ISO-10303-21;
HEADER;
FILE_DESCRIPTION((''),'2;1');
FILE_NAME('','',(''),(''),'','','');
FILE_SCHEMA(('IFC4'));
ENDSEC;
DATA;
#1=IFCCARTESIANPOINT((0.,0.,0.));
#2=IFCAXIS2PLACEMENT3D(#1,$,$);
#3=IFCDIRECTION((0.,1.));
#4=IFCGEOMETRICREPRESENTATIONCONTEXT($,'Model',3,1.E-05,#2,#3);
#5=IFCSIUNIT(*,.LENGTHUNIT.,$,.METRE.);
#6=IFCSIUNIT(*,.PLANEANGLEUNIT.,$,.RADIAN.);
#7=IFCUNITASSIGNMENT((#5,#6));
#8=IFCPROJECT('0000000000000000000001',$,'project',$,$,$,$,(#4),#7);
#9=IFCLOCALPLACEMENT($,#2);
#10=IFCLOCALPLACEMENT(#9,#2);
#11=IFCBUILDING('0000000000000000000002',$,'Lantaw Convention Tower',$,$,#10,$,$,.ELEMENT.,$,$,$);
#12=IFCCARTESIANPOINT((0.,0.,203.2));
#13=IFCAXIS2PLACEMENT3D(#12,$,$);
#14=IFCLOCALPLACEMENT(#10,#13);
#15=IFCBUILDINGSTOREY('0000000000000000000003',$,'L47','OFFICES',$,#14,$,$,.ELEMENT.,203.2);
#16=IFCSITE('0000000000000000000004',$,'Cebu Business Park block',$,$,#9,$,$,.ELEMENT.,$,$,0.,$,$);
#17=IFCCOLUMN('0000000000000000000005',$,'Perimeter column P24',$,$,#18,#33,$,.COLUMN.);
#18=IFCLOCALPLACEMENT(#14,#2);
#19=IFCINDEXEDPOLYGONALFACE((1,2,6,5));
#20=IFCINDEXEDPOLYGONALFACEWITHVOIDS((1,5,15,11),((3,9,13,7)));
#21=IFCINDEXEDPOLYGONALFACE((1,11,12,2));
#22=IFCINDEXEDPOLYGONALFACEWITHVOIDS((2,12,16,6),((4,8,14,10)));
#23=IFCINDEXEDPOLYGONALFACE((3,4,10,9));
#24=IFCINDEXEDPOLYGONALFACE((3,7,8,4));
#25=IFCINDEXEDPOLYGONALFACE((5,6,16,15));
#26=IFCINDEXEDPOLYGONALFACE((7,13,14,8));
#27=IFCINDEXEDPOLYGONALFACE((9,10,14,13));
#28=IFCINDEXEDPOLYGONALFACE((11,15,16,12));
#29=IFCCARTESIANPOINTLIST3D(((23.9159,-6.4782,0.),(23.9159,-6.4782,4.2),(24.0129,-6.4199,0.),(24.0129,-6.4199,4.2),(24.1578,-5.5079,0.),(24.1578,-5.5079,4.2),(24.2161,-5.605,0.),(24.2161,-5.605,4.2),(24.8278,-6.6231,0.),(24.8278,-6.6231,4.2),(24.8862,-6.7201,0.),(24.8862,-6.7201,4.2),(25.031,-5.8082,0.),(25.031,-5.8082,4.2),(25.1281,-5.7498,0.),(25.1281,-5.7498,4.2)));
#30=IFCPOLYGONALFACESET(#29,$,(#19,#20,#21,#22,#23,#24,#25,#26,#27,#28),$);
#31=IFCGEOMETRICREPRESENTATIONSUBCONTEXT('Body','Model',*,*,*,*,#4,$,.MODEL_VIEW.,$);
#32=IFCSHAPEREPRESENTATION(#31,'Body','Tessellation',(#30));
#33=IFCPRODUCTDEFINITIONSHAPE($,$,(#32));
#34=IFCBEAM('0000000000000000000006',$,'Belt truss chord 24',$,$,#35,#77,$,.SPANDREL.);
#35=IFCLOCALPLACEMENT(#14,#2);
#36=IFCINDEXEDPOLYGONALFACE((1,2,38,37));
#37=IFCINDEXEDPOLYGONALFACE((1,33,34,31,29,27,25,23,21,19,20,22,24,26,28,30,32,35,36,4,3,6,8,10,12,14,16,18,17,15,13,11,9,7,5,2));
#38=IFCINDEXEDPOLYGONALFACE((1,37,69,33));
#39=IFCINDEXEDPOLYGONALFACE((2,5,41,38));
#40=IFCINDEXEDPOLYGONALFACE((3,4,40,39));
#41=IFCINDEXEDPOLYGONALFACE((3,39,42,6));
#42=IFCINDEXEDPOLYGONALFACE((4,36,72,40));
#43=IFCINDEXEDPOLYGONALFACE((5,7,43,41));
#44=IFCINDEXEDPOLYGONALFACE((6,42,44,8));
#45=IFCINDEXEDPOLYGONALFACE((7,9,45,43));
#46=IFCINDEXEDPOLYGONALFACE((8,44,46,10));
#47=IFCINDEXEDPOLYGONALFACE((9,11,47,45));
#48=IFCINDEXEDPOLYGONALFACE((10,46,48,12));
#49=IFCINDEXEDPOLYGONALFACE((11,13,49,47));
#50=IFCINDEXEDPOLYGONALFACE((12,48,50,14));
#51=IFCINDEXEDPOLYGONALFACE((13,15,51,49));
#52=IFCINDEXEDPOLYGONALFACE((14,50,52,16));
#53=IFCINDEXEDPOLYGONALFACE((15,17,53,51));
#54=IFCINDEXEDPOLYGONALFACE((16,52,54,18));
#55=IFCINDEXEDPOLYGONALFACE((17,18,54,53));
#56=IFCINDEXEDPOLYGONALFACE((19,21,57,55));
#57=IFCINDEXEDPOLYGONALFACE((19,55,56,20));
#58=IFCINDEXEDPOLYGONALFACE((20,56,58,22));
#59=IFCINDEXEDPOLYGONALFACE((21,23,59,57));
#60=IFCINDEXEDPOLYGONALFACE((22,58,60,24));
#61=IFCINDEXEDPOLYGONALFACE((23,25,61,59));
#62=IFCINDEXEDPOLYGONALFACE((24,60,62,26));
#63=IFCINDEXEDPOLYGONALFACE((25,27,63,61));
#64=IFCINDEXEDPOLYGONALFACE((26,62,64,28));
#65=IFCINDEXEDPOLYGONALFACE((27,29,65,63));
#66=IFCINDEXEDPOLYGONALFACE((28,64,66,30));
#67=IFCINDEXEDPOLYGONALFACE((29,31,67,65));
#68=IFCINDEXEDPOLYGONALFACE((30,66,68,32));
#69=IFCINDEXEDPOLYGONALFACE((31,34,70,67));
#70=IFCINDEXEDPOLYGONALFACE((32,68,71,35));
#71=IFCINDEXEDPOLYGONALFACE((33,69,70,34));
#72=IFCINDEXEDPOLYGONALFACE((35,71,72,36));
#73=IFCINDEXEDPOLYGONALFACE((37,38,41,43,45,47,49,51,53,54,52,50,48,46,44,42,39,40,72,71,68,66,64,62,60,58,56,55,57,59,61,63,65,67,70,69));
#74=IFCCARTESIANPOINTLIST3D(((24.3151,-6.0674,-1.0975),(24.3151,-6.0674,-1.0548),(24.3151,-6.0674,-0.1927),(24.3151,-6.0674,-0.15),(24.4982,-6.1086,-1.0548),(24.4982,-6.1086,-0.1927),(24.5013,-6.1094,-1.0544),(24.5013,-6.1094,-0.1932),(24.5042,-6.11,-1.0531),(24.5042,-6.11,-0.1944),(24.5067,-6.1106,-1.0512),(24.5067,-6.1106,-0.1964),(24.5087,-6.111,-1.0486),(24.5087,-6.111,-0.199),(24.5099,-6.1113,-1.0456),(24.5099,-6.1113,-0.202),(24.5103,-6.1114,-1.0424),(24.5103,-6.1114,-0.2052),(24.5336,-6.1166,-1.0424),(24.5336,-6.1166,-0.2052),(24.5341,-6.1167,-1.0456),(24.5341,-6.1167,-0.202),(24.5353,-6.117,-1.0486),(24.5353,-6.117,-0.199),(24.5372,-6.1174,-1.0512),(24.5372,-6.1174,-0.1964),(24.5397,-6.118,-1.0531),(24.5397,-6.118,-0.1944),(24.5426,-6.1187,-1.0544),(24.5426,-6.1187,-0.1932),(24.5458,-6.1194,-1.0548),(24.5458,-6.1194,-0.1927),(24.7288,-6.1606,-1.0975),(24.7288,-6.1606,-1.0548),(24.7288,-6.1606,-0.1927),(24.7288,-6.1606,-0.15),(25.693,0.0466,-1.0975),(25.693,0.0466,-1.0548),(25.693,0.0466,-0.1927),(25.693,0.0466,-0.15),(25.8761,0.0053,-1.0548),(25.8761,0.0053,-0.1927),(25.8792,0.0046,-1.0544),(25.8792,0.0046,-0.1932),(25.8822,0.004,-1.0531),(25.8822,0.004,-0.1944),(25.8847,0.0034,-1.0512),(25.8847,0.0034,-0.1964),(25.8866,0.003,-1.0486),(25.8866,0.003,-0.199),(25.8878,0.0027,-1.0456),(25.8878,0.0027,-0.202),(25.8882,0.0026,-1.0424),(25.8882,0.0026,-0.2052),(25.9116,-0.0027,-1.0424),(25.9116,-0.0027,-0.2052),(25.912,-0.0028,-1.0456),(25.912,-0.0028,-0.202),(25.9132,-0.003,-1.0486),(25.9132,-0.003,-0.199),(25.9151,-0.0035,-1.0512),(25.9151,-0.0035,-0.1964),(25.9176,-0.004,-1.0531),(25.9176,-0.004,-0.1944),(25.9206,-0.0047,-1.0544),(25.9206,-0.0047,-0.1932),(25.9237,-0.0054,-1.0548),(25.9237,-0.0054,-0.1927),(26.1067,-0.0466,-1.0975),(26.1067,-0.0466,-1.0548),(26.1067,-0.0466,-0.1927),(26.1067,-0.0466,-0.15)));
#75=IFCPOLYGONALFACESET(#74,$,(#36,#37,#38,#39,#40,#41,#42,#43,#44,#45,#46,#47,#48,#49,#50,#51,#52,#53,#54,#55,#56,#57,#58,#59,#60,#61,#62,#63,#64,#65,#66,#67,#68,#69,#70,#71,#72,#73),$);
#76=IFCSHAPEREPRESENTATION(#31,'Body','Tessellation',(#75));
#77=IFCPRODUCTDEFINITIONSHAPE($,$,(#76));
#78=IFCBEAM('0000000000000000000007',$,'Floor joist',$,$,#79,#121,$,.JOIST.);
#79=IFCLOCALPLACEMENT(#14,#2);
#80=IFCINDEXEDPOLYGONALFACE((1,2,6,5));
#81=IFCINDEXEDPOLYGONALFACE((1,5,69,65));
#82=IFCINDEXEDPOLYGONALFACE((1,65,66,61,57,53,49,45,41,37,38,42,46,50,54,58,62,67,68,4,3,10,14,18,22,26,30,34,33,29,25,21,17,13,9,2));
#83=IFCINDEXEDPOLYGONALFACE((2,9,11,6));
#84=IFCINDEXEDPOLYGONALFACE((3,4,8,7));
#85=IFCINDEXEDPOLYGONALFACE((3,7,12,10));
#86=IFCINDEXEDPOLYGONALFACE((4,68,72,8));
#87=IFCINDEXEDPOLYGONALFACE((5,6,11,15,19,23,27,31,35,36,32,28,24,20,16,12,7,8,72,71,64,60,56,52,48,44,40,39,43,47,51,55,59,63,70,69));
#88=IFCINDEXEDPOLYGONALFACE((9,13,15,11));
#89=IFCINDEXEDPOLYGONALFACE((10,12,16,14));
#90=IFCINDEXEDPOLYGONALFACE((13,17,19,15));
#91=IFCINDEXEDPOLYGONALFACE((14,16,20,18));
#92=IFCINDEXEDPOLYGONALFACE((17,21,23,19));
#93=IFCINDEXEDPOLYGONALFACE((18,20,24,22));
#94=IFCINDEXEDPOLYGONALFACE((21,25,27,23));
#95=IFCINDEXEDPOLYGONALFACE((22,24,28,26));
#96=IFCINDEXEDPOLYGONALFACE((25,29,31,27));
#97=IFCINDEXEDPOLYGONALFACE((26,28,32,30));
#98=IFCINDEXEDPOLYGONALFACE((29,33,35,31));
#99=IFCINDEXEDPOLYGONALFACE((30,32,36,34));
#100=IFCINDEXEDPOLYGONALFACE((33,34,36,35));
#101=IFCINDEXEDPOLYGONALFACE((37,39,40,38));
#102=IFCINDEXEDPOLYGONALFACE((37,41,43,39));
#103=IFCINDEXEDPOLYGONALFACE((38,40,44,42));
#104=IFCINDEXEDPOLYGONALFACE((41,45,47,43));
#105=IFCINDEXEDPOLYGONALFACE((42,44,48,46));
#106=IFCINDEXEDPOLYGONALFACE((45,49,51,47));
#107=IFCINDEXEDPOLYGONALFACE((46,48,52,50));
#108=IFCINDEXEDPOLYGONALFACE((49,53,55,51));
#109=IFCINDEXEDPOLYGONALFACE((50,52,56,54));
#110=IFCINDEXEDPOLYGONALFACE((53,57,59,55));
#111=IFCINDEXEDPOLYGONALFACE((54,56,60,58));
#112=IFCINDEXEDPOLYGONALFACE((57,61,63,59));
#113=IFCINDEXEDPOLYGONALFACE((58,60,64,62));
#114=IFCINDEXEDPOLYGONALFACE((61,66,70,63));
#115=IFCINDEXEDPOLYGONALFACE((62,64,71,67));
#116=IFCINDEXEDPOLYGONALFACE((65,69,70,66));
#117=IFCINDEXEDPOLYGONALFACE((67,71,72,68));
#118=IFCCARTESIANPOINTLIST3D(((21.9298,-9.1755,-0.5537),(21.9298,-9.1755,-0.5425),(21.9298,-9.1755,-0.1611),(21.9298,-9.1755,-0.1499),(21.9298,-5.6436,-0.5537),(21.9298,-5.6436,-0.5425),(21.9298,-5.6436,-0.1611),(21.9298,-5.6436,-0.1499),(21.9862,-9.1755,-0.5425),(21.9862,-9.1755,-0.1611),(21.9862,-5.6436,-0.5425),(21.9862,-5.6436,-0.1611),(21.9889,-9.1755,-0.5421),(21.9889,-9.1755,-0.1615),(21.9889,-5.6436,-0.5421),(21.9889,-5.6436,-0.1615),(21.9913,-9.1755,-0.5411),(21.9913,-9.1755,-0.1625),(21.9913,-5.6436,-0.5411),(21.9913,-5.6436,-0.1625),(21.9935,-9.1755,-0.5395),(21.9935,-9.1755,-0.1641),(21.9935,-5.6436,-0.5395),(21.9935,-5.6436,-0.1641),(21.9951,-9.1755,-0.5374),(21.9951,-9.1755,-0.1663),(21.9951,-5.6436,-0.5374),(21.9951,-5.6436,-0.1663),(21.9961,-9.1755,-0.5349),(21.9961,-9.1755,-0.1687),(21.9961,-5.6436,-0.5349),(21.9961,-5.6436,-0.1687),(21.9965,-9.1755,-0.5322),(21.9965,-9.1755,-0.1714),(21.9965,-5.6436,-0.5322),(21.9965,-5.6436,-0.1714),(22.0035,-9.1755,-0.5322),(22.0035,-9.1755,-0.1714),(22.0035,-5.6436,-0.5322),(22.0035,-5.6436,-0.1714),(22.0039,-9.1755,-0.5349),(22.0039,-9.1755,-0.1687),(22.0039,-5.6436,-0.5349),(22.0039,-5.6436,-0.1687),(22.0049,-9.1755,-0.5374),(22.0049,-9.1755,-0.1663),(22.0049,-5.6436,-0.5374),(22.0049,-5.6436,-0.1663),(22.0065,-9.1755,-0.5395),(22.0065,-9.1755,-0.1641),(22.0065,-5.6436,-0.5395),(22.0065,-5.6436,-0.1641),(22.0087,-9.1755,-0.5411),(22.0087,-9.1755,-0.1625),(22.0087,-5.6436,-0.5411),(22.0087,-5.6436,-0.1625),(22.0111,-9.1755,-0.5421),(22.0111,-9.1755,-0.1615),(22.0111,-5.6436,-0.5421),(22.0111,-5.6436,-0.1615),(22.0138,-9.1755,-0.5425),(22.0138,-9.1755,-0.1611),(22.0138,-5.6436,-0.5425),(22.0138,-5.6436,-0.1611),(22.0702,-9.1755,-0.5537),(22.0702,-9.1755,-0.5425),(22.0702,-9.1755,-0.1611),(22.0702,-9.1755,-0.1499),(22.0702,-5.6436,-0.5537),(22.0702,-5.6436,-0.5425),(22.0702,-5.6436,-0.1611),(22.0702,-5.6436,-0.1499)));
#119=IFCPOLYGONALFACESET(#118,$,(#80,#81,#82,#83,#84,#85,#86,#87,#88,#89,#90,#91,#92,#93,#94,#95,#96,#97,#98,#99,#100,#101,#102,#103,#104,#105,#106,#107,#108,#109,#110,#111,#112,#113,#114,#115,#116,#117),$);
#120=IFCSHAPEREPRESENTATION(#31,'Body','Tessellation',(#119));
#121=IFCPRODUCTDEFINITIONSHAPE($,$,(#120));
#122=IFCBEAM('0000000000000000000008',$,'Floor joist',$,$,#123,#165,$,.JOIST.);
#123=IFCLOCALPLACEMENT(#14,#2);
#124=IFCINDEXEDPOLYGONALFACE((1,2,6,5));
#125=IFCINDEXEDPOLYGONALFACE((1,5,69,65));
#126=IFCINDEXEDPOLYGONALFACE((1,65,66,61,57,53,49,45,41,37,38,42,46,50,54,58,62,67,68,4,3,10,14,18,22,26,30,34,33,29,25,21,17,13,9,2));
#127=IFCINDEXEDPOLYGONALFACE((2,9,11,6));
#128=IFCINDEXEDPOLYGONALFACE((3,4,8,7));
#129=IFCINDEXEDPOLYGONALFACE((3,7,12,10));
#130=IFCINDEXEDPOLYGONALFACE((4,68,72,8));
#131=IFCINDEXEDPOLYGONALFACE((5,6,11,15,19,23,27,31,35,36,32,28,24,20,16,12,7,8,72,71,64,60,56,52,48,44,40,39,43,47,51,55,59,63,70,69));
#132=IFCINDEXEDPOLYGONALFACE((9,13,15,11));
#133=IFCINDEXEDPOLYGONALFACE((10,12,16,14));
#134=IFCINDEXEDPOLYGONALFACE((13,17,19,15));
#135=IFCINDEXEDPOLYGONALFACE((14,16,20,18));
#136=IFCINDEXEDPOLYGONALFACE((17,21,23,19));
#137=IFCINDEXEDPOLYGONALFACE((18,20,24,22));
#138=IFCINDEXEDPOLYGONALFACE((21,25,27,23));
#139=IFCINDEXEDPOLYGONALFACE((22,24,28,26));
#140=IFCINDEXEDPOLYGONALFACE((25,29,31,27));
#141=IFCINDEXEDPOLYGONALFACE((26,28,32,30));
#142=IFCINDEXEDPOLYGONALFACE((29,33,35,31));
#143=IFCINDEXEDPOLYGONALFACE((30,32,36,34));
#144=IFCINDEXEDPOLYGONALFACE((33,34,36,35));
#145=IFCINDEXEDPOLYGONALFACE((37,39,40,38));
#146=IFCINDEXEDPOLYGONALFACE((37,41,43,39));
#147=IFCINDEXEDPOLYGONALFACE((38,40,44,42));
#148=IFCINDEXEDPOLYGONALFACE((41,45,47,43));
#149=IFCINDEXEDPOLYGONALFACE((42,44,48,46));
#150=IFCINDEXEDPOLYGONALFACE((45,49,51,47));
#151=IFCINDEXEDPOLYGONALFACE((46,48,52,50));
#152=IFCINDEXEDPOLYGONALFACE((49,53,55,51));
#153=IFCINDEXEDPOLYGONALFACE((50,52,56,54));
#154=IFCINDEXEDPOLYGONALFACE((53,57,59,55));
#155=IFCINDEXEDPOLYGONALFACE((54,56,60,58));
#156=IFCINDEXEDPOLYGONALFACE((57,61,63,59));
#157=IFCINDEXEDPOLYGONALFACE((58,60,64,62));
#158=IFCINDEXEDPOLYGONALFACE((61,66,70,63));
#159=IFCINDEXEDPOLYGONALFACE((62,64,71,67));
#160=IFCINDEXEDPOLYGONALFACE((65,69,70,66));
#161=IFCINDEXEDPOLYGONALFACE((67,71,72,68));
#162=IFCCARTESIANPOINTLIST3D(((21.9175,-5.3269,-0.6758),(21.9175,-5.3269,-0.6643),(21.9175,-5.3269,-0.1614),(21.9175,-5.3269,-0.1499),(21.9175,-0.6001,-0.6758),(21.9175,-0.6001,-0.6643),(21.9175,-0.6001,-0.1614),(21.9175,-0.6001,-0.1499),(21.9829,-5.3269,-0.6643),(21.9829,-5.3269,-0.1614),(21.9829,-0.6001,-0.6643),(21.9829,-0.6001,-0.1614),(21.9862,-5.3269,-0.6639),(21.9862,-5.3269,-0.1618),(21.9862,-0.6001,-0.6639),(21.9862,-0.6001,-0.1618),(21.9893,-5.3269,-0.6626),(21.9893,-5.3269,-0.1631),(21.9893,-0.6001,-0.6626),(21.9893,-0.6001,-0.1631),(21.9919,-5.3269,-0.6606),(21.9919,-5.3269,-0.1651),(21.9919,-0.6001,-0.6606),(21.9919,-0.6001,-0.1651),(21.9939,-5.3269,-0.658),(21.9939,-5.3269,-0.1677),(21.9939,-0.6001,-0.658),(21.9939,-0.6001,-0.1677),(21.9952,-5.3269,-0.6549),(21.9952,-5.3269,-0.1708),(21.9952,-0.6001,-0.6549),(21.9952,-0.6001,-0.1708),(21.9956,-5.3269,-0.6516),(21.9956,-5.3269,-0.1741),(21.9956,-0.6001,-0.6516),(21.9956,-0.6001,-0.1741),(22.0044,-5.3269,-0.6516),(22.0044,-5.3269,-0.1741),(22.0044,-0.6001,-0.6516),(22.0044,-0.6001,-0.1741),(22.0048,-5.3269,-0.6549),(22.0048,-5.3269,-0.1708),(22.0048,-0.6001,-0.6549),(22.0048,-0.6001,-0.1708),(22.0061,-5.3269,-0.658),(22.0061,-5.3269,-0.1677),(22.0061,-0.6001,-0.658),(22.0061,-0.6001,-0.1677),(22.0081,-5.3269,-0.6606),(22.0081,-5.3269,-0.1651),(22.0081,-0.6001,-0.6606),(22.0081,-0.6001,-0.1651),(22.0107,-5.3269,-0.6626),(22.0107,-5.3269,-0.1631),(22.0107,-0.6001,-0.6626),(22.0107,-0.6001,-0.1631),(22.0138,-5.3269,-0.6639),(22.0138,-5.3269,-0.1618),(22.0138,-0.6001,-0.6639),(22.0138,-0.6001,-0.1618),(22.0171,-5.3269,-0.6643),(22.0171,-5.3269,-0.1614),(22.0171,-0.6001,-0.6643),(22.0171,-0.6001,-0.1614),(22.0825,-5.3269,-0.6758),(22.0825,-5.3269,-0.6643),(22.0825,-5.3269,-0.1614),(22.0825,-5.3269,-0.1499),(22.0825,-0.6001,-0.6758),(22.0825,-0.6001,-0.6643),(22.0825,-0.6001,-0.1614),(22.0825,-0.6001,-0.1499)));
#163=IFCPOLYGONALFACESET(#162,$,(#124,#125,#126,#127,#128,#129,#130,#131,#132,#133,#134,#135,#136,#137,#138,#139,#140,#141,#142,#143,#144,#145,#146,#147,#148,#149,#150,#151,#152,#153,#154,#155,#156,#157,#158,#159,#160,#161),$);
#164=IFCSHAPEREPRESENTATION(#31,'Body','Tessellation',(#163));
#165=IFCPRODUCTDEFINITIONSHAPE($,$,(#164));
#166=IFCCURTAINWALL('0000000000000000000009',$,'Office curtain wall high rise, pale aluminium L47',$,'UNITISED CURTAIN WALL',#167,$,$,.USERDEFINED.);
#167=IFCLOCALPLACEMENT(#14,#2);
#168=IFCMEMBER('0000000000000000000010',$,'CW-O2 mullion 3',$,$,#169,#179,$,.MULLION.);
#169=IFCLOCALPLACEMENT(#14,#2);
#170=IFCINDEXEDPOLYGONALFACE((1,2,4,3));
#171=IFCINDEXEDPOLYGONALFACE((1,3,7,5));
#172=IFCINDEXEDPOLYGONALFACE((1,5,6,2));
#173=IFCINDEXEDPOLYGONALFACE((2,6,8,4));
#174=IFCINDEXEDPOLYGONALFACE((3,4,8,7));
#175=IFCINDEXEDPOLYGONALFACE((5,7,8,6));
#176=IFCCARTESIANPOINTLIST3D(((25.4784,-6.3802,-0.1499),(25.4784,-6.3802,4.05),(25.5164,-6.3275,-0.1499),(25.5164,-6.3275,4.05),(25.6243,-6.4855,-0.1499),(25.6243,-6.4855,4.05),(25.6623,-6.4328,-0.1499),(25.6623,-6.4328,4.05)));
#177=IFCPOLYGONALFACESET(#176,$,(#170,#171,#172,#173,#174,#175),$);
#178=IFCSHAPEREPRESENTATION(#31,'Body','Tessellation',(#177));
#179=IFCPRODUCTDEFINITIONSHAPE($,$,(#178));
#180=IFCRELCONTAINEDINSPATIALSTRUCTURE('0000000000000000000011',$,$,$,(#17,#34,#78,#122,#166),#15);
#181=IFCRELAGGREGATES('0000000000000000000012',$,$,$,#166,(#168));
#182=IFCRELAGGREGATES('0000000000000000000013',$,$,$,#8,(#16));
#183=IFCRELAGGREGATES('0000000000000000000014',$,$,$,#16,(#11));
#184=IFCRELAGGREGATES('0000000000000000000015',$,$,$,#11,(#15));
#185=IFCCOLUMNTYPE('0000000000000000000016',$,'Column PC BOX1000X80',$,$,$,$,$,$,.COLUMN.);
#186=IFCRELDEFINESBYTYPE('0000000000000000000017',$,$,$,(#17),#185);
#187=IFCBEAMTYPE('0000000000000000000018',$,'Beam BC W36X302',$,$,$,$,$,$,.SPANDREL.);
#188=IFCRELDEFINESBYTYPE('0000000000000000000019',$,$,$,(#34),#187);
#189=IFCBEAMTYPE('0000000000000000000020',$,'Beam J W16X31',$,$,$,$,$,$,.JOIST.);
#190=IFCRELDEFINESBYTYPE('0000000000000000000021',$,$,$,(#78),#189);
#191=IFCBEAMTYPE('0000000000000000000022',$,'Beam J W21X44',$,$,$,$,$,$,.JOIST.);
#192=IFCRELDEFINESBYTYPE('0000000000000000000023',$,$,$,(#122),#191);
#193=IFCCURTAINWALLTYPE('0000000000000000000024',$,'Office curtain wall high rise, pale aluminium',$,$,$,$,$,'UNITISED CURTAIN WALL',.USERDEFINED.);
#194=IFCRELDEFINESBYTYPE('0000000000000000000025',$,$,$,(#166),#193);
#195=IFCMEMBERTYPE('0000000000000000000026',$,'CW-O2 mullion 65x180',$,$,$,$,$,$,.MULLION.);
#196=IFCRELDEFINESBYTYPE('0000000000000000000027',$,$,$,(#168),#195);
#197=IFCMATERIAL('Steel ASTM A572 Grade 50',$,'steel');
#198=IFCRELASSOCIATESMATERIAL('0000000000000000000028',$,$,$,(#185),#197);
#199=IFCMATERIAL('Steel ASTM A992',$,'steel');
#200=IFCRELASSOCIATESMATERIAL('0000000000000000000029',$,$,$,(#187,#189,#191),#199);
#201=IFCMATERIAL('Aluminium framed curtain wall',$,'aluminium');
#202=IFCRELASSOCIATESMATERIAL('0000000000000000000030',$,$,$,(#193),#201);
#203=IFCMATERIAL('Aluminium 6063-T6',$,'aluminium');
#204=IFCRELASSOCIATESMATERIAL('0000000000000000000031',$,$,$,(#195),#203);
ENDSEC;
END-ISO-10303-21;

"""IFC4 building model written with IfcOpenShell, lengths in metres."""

from ifc_helpers import new_model, si_unit, direction, frame, origin, origin_2d, place, context, subcontext, project, spatial, rectangle, hollow_rectangle, i_section, extrude, material, material_profile, profile_set, type_object, element, aggregate, save


model = new_model("IFC4")

# Units and contexts
model_context = context("Model", 3, precision=1e-05, world=origin(), true_north=direction((0.0, 1.0)))
body_context = subcontext(model_context, "Body", "Model", "MODEL_VIEW")
ifc_project = project(units=[si_unit("LENGTHUNIT", "METRE"), si_unit("PLANEANGLEUNIT", "RADIAN")], contexts=[model_context])

# Site, building, storey
site_placement = place(None, origin())
site = spatial("IfcSite", under=ifc_project, at=site_placement, Name="Cebu Business Park block", CompositionType="ELEMENT", RefElevation=0.0)
building_placement = place(site_placement, origin())
building = spatial("IfcBuilding", under=site, at=building_placement, Name="Lantaw Convention Tower", CompositionType="ELEMENT")
storey_placement = place(building_placement, frame((0.0, 0.0, 203.2)))
storey = spatial("IfcBuildingStorey", under=building, at=storey_placement, Name="L47", Description="OFFICES", CompositionType="ELEMENT", Elevation=203.2)

# Column
ifc_material_1 = material(Name="Steel ASTM A572 Grade 50", Category="steel")
ifc_material_profile_1 = material_profile(ifc_material_1, hollow_rectangle(XDim=1.0, YDim=1.0, WallThickness=0.0801, at=origin_2d()), Name="BOX1000X80")
ifc_material_2 = material(Name="Concrete C60/75", Category="concrete")
ifc_material_profile_2 = material_profile(ifc_material_2, rectangle(XDim=0.8401, YDim=0.8401, at=origin_2d()), Name="Concrete fill of BOX1000X80")
ifc_profile_set_1 = profile_set([ifc_material_profile_1, ifc_material_profile_2], Name="Steel ASTM A572 Grade 50")
column_type = type_object("IfcColumnType", Name="Column PC BOX1000X80", PredefinedType="COLUMN", material=ifc_profile_set_1)
column_placement = place(storey_placement, frame((24.522, -6.114, 0.0), z_axis=(0.0, 0.0, 1.0), x_axis=(0.241922, 0.970296, 0.0)))
element("IfcColumn", 1, at=column_placement, inside=storey, type_object=column_type, Name="Perimeter column P24", PredefinedType="COLUMN", context=body_context, shape_type="SweptSolid", body=[
    extrude(hollow_rectangle(XDim=1.0, YDim=1.0, WallThickness=0.0801, at=origin_2d()), origin(), (0.0, 0.0, 1.0), 4.2),
])

# Beams
ifc_material_3 = material(Name="Steel ASTM A992", Category="steel")
ifc_material_profile_3 = material_profile(ifc_material_3, i_section(OverallWidth=0.4241, OverallDepth=0.9475, WebThickness=0.0239, FlangeThickness=0.0427, FilletRadius=0.0125, at=origin_2d()), Name="W36X302")
ifc_profile_set_2 = profile_set([ifc_material_profile_3], Name="Steel ASTM A992")
beam_type_1 = type_object("IfcBeamType", Name="Beam BC W36X302", PredefinedType="SPANDREL", material=ifc_profile_set_2)
beam_1_placement = place(storey_placement, frame((24.522, -6.114, -0.6238), z_axis=(0.219858, 0.975532, 0.0), x_axis=(-0.975532, 0.219858, 0.0)))
element("IfcBeam", 2, at=beam_1_placement, inside=storey, type_object=beam_type_1, Name="Belt truss chord 24", PredefinedType="SPANDREL", context=body_context, shape_type="SweptSolid", body=[
    extrude(i_section(OverallWidth=0.4241, OverallDepth=0.9475, WebThickness=0.0239, FlangeThickness=0.0427, FilletRadius=0.0125, at=origin_2d()), origin(), (0.0, 0.0, 1.0), 6.2673),
])
ifc_material_profile_4 = material_profile(ifc_material_3, i_section(OverallWidth=0.1404, OverallDepth=0.4038, WebThickness=0.0071, FlangeThickness=0.0112, FilletRadius=0.0103, at=origin_2d()), Name="W16X31")
ifc_profile_set_3 = profile_set([ifc_material_profile_4], Name="Steel ASTM A992")
beam_type_2 = type_object("IfcBeamType", Name="Beam J W16X31", PredefinedType="JOIST", material=ifc_profile_set_3)
beam_2_placement = place(storey_placement, frame((22.0, -9.1755, -0.3518), z_axis=(0.0, 1.0, 0.0), x_axis=(-1.0, 0.0, 0.0)))
element("IfcBeam", 3, at=beam_2_placement, inside=storey, type_object=beam_type_2, Name="Floor joist", PredefinedType="JOIST", context=body_context, shape_type="SweptSolid", body=[
    extrude(i_section(OverallWidth=0.1404, OverallDepth=0.4038, WebThickness=0.0071, FlangeThickness=0.0112, FilletRadius=0.0103, at=origin_2d()), origin(), (0.0, 0.0, 1.0), 3.532),
])
ifc_material_profile_5 = material_profile(ifc_material_3, i_section(OverallWidth=0.165, OverallDepth=0.5259, WebThickness=0.0088, FlangeThickness=0.0115, FilletRadius=0.0127, at=origin_2d()), Name="W21X44")
ifc_profile_set_4 = profile_set([ifc_material_profile_5], Name="Steel ASTM A992")
beam_type_3 = type_object("IfcBeamType", Name="Beam J W21X44", PredefinedType="JOIST", material=ifc_profile_set_4)
beam_3_placement = place(storey_placement, frame((22.0, -5.3269, -0.4128), z_axis=(0.0, 1.0, 0.0), x_axis=(-1.0, 0.0, 0.0)))
element("IfcBeam", 4, at=beam_3_placement, inside=storey, type_object=beam_type_3, Name="Floor joist", PredefinedType="JOIST", context=body_context, shape_type="SweptSolid", body=[
    extrude(i_section(OverallWidth=0.165, OverallDepth=0.5259, WebThickness=0.0088, FlangeThickness=0.0115, FilletRadius=0.0127, at=origin_2d()), origin(), (0.0, 0.0, 1.0), 4.7268),
])

# Curtain wall, member
ifc_material_4 = material(Name="Aluminium framed curtain wall", Category="aluminium")
curtain_wall_type = type_object("IfcCurtainWallType", Name="Office curtain wall high rise, pale aluminium", ElementType="UNITISED CURTAIN WALL", PredefinedType="USERDEFINED", material=ifc_material_4)
curtain_wall_1_placement = place(storey_placement, origin())
curtain_wall_1 = element("IfcCurtainWall", 5, at=curtain_wall_1_placement, inside=storey, type_object=curtain_wall_type, Name="Office curtain wall high rise, pale aluminium L47", ObjectType="UNITISED CURTAIN WALL", PredefinedType="USERDEFINED")
ifc_material_5 = material(Name="Aluminium 6063-T6", Category="aluminium")
ifc_material_profile_6 = material_profile(ifc_material_5, rectangle(XDim=0.1799, YDim=0.0649, at=origin_2d()), Name="CW-O2 mullion 65x180")
ifc_profile_set_5 = profile_set([ifc_material_profile_6], Name="Aluminium 6063-T6")
member_type_1 = type_object("IfcMemberType", Name="CW-O2 mullion 65x180", PredefinedType="MULLION", material=ifc_profile_set_5)
member_1_placement = place(storey_placement, frame((25.5703, -6.4065, -0.1499), z_axis=(0.0, 0.0, 1.0), x_axis=(-0.81092, 0.585158, 0.0)))
member_1 = element("IfcMember", 6, at=member_1_placement, type_object=member_type_1, Name="CW-O2 mullion 3", PredefinedType="MULLION", context=body_context, shape_type="SweptSolid", body=[
    extrude(rectangle(XDim=0.1799, YDim=0.0649, at=origin_2d()), origin(), (0.0, 0.0, 1.0), 4.2),
])

aggregate(curtain_wall_1, [member_1])

save(model, "model.ifc")
